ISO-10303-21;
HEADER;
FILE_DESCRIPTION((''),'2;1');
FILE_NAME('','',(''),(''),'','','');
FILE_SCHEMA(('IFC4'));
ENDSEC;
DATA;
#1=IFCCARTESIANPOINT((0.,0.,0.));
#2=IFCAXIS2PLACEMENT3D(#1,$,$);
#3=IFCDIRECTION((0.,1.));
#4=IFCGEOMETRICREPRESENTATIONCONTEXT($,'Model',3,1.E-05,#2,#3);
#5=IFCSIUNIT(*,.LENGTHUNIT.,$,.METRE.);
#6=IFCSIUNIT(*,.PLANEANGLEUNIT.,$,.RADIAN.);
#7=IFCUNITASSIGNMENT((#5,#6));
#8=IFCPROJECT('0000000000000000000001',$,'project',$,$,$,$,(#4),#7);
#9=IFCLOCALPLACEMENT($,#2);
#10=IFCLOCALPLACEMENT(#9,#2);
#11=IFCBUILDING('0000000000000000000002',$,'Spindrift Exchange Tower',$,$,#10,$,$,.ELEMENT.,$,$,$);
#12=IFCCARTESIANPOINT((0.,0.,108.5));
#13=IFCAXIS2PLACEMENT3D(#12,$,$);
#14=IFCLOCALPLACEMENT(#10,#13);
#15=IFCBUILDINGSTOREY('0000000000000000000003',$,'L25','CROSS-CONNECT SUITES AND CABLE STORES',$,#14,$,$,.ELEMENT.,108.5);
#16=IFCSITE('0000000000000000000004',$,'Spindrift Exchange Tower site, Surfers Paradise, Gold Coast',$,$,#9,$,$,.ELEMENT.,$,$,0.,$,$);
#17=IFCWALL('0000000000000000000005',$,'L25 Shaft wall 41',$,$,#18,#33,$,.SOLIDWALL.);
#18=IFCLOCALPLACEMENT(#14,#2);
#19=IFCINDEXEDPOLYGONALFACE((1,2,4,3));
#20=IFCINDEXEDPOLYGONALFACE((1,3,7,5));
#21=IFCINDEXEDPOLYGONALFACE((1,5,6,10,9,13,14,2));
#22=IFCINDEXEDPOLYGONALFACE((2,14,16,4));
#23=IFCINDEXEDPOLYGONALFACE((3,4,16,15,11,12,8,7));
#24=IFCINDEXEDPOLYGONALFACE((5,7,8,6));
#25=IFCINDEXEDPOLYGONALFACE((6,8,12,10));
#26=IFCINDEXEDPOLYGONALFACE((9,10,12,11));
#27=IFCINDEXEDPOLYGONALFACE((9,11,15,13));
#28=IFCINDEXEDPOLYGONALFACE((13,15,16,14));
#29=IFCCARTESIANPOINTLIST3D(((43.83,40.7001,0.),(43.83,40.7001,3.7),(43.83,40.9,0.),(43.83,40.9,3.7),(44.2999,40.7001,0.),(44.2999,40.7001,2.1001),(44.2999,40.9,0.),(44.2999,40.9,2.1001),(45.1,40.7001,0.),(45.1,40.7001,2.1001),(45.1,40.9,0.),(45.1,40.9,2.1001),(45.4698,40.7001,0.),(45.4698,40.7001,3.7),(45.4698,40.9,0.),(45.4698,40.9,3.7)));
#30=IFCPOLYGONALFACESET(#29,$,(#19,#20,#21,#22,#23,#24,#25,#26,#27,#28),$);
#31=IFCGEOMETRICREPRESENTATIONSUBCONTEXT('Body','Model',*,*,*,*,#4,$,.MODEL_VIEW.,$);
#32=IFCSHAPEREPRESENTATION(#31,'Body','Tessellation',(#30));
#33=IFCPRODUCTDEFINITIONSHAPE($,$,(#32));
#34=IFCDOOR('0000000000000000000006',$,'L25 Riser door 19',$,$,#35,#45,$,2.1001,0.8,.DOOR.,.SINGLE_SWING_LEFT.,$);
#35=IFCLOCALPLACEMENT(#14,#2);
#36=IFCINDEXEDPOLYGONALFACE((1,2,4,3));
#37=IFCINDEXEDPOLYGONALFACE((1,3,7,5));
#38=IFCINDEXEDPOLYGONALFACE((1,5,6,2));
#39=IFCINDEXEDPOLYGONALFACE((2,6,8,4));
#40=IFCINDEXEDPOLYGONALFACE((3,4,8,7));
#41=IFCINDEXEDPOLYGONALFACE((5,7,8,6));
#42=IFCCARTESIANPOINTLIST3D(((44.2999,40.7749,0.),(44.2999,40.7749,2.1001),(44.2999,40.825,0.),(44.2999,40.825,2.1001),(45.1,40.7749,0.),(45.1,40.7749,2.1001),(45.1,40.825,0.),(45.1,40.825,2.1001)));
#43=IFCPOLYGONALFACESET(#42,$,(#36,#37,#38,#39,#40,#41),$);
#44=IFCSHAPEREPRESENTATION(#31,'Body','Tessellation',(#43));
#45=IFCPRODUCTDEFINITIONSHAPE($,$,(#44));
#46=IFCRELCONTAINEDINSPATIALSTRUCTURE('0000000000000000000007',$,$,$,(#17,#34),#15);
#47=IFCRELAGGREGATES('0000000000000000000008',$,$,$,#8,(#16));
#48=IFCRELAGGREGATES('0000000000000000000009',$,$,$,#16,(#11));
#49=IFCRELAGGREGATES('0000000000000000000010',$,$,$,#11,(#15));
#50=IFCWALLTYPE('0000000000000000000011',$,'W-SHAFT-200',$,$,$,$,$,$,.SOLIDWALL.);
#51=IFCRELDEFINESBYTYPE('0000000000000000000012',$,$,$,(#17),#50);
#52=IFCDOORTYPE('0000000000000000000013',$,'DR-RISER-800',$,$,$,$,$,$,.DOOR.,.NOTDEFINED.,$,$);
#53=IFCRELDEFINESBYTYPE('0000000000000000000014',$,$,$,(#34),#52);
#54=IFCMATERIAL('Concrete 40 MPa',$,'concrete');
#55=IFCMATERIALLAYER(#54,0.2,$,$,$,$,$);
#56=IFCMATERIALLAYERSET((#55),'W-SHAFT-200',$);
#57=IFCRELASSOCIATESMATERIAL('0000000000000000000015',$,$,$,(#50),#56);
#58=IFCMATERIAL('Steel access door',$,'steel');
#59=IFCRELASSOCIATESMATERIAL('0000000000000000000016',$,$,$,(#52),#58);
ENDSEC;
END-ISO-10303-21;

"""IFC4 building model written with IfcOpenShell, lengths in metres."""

from ifc_helpers import new_model, si_unit, direction, frame, frame_2d, origin, place, context, subcontext, project, spatial, rectangle, extrude, source, transform, mapped, material, layer, layer_set, type_object, element, fill, save


model = new_model("IFC4")

# Units and contexts
model_context = context("Model", 3, precision=1e-05, world=origin(), true_north=direction((0.0, 1.0)))
body_context = subcontext(model_context, "Body", "Model", "MODEL_VIEW")
ifc_project = project(units=[si_unit("LENGTHUNIT", "METRE"), si_unit("PLANEANGLEUNIT", "RADIAN")], contexts=[model_context])

# Site, building, storey
site_placement = place(None, origin())
site = spatial("IfcSite", under=ifc_project, at=site_placement, Name="Spindrift Exchange Tower site, Surfers Paradise, Gold Coast", CompositionType="ELEMENT", RefElevation=0.0)
building_placement = place(site_placement, origin())
building = spatial("IfcBuilding", under=site, at=building_placement, Name="Spindrift Exchange Tower", CompositionType="ELEMENT")
storey_placement = place(building_placement, frame((0.0, 0.0, 108.5)))
storey = spatial("IfcBuildingStorey", under=building, at=storey_placement, Name="L25", Description="CROSS-CONNECT SUITES AND CABLE STORES", CompositionType="ELEMENT", Elevation=108.5)

# Shared definitions
ifc_material_1 = material(Name="Steel access door", Category="steel")

# Shared definitions
ifc_material_2 = material(Name="Concrete 40 MPa", Category="concrete")
ifc_layer_1 = layer(ifc_material_2, 0.2)
ifc_layer_set_1 = layer_set([ifc_layer_1], Name="W-SHAFT-200")
wall_type_1 = type_object("IfcWallType", Name="W-SHAFT-200", PredefinedType="SOLIDWALL", material=ifc_layer_set_1)

# Wall, opening, door
wall_1_placement = place(storey_placement, frame((43.8301, 40.8, 0.0), z_axis=(0.0, 0.0, 1.0), x_axis=(1.0, 0.0, 0.0)))
wall_1 = element("IfcWall", 1, at=wall_1_placement, inside=storey, type_object=wall_type_1, Name="L25 Shaft wall 41", PredefinedType="SOLIDWALL", context=body_context, shape_type="SweptSolid", body=[
    extrude(rectangle(XDim=1.6399, YDim=0.2, at=frame_2d((0.8198, 0.0))), origin(), (0.0, 0.0, 1.0), 3.7),
])
opening_1_placement = place(wall_1_placement, frame((0.47, 0.0, 0.0)))
opening_1 = element("IfcOpeningElement", 2, at=opening_1_placement, cuts=wall_1, PredefinedType="OPENING", context=body_context, shape_type="SweptSolid", body=[
    extrude(rectangle(XDim=0.8, YDim=2.1001, at=frame_2d((0.3999, 1.05))), frame((0.0, 0.1099, 0.0), z_axis=(0.0, -1.0, 0.0), x_axis=(1.0, 0.0, 0.0)), (0.0, 0.0, 1.0), 0.22),
])
door_type_1 = type_object("IfcDoorType", Name="DR-RISER-800", OperationType="NOTDEFINED", PredefinedType="DOOR", material=ifc_material_1)
shared_shape_1 = source(origin(), body_context, "Body", "SweptSolid", [
    extrude(rectangle(XDim=0.8, YDim=2.1001, at=frame_2d((0.3999, 1.05))), frame((0.0, 0.0249, 0.0), z_axis=(0.0, -1.0, 0.0), x_axis=(1.0, 0.0, 0.0)), (0.0, 0.0, 1.0), 0.05),
])
door_1_placement = place(opening_1_placement, origin())
door_1 = element("IfcDoor", 3, at=door_1_placement, inside=storey, type_object=door_type_1, Name="L25 Riser door 19", OperationType="SINGLE_SWING_LEFT", OverallHeight=2.1001, OverallWidth=0.8, PredefinedType="DOOR", context=body_context, shape_type="MappedRepresentation", body=[
    mapped(shared_shape_1, transform((0.0, 0.0, 0.0), scale=1.0)),
])
fill(opening_1, door_1)

save(model, "model.ifc")
